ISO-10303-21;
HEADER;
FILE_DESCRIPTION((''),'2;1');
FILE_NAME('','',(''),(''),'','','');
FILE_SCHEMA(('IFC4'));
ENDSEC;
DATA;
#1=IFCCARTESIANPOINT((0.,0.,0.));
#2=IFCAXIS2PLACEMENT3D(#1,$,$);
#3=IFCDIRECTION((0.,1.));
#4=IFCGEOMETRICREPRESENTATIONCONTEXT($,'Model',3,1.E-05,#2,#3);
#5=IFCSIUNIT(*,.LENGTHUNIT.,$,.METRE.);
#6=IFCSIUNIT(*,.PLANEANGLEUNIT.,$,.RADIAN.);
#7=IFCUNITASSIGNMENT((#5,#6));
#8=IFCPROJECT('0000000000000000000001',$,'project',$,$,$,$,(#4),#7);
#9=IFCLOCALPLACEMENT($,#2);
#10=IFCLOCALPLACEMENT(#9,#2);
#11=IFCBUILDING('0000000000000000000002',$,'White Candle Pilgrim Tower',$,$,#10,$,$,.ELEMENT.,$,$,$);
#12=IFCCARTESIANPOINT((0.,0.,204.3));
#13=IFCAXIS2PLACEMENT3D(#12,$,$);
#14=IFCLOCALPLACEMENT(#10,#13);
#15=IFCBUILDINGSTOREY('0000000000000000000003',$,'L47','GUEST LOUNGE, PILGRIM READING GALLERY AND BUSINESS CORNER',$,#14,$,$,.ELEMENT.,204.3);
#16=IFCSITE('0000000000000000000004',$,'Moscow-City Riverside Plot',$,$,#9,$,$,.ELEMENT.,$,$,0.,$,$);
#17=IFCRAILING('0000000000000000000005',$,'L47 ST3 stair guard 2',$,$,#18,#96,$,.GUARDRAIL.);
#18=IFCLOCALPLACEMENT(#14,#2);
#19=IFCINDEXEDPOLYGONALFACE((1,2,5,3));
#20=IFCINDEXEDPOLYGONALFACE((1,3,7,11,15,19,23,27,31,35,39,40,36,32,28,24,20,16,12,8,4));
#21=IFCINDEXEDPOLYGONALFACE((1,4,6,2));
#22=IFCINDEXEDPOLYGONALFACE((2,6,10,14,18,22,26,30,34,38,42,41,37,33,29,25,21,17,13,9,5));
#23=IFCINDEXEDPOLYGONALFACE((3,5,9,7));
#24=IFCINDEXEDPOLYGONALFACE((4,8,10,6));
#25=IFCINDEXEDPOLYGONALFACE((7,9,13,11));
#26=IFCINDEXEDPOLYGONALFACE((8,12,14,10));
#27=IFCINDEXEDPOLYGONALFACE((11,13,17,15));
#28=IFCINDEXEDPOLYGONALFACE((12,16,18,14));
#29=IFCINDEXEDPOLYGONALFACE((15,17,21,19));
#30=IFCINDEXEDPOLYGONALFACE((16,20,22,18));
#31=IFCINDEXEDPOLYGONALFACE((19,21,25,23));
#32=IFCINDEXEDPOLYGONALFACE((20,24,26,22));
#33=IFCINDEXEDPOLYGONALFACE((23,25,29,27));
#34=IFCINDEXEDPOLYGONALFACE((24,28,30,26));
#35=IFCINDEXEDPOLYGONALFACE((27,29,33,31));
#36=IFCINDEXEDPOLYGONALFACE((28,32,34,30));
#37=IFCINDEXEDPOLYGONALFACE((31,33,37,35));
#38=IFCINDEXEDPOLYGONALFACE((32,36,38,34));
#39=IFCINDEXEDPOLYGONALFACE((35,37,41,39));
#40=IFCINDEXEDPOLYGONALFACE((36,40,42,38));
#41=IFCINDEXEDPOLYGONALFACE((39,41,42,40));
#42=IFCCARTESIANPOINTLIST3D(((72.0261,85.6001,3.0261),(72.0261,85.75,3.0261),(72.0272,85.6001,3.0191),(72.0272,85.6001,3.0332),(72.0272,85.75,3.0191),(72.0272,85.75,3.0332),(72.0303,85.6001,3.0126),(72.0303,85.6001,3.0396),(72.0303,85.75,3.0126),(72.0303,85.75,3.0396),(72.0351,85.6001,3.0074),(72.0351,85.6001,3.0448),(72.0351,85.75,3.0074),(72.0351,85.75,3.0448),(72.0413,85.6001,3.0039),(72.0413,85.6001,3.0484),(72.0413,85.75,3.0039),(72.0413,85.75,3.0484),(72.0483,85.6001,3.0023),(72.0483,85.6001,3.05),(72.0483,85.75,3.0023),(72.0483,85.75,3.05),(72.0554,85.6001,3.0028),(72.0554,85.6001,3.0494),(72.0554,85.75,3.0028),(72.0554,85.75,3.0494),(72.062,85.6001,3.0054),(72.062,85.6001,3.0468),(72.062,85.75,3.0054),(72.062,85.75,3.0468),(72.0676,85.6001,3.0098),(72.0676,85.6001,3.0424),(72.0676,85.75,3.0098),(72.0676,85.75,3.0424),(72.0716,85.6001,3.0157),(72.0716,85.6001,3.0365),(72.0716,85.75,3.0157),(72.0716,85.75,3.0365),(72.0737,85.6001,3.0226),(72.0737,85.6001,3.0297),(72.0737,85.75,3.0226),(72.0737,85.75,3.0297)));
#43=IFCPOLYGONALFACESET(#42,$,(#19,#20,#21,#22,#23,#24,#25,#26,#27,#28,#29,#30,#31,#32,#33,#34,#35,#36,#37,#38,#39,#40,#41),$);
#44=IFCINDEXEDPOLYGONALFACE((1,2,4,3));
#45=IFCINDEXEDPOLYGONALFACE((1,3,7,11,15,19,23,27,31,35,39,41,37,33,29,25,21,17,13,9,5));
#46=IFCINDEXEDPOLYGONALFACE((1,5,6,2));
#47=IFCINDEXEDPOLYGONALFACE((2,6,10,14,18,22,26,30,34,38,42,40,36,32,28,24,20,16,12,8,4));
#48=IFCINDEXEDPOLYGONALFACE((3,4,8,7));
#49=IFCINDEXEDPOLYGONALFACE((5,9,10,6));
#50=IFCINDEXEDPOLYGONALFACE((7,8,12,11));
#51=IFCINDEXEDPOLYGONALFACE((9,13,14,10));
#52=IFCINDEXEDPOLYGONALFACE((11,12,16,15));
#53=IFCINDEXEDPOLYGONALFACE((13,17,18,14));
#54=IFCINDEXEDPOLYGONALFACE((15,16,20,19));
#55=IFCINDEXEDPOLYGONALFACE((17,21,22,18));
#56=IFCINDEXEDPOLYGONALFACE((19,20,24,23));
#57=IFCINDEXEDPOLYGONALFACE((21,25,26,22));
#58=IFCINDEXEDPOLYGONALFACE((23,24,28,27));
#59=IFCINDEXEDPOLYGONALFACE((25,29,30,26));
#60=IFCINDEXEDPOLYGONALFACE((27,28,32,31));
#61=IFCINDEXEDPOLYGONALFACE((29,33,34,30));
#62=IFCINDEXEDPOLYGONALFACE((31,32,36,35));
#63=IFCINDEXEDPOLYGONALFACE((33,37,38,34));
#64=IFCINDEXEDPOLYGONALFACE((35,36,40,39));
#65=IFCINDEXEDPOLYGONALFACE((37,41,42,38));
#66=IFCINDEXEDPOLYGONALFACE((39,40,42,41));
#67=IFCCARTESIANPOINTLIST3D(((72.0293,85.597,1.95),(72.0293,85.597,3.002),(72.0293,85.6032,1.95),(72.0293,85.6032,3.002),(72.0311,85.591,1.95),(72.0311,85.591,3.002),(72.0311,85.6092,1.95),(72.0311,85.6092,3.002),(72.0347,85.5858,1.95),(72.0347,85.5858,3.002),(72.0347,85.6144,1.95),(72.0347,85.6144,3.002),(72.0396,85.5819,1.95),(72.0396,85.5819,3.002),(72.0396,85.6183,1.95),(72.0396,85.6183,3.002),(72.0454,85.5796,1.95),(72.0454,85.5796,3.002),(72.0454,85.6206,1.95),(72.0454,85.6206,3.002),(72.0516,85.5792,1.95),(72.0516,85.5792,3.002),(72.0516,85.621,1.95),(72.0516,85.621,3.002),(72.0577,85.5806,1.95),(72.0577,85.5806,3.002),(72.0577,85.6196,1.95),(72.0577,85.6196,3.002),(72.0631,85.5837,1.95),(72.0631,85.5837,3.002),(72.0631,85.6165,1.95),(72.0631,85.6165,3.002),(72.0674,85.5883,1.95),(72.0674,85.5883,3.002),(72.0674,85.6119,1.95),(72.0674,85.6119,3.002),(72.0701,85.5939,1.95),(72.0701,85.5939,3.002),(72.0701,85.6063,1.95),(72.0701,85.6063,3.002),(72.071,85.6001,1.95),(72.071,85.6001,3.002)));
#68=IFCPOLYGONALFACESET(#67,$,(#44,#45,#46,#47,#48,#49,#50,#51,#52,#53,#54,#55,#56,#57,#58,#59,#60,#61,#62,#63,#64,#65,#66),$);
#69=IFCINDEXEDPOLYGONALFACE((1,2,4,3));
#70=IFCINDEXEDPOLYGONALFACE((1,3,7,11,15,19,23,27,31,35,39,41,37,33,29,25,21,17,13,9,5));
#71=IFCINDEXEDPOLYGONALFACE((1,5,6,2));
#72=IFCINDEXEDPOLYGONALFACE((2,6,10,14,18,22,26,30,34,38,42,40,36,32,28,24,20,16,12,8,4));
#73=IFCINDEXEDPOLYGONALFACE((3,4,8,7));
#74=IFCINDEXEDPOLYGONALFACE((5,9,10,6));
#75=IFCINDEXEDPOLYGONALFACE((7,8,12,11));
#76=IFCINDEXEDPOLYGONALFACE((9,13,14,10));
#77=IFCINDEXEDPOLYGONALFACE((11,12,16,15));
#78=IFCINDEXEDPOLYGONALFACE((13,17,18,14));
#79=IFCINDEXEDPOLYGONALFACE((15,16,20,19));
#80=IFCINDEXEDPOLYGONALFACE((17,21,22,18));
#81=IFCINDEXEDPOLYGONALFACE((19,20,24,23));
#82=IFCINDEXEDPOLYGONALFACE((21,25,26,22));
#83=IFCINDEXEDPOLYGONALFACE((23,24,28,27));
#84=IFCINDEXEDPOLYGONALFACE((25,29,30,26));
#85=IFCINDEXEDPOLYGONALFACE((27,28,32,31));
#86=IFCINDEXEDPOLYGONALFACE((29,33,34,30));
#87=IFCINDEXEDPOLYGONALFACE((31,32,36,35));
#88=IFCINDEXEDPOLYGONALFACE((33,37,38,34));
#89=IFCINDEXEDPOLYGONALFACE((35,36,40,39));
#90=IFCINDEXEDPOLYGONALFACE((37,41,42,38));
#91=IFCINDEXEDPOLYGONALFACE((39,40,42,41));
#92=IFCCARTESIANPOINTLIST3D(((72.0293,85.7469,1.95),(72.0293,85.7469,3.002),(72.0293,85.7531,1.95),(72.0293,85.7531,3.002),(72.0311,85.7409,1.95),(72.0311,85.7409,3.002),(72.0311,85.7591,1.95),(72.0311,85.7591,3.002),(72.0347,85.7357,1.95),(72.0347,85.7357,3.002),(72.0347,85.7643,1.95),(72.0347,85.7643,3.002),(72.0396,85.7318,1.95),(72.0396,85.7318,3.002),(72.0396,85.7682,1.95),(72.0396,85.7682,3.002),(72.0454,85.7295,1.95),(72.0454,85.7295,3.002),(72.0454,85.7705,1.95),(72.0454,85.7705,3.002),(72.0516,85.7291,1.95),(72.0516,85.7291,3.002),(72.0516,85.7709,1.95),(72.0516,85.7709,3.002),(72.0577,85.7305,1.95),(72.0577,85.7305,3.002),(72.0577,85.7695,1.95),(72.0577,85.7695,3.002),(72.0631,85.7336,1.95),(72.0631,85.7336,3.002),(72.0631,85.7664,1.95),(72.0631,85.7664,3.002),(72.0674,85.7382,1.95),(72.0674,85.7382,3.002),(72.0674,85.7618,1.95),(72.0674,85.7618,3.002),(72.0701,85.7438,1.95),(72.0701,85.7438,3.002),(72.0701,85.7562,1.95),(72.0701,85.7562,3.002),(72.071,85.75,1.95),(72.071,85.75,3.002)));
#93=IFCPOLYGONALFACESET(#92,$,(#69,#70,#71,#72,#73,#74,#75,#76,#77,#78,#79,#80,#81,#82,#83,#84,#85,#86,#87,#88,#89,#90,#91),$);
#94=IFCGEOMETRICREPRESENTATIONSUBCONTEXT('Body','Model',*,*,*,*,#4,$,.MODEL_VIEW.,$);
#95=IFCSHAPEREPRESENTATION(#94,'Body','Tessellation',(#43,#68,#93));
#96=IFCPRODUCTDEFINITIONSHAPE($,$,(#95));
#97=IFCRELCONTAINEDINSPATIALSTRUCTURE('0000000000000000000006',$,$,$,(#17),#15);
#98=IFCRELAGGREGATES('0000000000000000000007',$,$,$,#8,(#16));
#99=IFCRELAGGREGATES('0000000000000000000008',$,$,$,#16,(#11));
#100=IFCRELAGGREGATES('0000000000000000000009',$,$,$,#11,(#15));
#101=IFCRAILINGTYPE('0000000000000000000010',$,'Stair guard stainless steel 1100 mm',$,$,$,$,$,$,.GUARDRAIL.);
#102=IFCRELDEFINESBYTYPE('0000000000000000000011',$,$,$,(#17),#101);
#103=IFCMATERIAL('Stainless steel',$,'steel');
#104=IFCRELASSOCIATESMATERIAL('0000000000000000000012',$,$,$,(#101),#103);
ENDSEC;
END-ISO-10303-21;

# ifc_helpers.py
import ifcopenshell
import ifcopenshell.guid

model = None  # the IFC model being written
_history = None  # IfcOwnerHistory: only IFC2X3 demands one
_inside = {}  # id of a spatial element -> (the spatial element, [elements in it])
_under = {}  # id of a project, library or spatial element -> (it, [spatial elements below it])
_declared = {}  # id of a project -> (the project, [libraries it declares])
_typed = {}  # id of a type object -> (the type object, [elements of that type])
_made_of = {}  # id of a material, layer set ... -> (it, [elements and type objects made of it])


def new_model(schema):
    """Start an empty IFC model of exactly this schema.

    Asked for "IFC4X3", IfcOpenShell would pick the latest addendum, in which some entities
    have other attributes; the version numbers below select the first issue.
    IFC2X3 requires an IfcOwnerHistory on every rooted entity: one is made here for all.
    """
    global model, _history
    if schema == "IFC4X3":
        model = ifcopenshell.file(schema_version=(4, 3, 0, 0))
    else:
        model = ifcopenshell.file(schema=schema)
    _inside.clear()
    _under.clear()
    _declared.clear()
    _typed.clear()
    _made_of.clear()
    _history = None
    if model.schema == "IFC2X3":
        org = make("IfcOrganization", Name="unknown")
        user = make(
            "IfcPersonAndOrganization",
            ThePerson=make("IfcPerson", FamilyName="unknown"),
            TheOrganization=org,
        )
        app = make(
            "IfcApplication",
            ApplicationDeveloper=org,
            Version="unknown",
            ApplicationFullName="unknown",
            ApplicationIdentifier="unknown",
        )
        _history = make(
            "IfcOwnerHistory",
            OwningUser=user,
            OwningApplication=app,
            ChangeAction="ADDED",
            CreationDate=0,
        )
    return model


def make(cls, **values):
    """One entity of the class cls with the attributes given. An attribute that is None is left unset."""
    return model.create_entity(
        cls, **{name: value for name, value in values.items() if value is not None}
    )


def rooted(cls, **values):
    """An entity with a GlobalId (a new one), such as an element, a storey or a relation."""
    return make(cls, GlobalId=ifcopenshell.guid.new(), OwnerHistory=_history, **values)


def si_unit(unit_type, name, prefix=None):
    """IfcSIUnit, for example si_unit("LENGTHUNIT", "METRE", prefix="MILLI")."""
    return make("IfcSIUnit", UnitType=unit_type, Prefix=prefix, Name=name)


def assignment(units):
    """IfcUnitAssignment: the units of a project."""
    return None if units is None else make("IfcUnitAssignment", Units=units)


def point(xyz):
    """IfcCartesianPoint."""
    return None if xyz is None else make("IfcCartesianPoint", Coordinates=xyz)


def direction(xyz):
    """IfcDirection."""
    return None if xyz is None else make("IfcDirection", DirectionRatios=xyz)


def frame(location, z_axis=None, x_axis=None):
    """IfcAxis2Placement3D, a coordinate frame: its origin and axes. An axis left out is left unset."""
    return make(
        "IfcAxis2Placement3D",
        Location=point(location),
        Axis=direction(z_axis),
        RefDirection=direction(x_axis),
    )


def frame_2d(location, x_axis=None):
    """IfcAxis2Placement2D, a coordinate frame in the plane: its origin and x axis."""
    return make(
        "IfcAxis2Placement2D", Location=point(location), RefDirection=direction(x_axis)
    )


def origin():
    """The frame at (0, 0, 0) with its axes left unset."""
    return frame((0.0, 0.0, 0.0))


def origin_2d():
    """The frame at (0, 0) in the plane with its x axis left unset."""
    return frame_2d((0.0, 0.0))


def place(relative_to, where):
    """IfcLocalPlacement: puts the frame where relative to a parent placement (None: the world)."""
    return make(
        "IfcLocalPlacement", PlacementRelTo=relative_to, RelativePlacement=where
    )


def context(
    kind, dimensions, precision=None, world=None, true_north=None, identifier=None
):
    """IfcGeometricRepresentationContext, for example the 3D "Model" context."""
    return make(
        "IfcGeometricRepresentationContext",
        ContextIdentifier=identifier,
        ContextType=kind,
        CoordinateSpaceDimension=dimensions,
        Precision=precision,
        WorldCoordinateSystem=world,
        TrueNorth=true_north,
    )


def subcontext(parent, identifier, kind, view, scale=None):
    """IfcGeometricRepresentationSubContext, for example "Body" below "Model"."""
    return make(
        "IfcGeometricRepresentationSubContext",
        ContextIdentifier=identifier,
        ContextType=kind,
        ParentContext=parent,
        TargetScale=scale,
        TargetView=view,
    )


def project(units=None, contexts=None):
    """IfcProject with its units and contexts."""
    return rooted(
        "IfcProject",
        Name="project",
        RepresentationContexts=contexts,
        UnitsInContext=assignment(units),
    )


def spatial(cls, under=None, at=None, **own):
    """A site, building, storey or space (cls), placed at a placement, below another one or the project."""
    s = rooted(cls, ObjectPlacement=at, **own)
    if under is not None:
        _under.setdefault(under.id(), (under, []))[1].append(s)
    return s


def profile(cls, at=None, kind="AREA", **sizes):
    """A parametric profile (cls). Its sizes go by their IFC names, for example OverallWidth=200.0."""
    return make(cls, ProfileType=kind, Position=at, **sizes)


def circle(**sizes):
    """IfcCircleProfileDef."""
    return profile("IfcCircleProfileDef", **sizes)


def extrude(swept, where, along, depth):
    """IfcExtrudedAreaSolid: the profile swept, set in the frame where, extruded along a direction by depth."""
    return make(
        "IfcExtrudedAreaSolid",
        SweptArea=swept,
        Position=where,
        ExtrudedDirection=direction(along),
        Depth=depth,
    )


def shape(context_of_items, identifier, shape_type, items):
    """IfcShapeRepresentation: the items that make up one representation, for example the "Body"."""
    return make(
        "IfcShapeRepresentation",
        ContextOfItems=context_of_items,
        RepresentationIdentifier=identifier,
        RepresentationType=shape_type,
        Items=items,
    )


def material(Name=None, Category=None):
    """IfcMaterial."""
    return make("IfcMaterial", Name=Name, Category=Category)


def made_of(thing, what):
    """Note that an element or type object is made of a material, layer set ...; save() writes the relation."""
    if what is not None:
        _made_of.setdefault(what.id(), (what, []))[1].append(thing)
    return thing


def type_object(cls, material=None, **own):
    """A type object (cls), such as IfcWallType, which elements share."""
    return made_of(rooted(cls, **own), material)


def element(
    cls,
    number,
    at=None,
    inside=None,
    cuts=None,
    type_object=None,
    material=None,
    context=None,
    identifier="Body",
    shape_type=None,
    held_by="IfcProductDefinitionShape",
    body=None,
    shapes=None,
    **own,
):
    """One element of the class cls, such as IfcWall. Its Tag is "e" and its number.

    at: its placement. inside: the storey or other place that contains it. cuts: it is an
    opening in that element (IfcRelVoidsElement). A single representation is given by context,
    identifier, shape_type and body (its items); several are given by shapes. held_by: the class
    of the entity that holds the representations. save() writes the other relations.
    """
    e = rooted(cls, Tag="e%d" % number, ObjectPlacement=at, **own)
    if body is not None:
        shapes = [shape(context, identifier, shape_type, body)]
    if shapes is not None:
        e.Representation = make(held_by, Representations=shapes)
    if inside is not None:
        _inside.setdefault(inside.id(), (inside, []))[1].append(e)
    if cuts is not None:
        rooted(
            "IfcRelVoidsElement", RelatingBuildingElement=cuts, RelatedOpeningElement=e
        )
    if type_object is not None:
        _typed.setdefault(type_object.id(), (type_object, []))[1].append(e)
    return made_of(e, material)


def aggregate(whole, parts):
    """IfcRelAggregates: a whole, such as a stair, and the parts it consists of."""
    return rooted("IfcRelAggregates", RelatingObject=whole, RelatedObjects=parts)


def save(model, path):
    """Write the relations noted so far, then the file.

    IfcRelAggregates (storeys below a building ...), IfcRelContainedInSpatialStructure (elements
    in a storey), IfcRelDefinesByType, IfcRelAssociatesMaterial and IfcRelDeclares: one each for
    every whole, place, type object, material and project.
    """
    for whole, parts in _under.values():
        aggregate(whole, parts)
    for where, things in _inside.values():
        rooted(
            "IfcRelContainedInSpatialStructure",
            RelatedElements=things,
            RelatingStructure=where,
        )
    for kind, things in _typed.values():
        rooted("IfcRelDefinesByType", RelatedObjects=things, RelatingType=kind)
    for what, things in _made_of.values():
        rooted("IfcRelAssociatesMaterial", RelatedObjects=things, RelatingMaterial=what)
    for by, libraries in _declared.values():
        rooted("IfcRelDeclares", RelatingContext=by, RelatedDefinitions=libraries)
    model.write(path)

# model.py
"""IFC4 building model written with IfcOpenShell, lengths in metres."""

from ifc_helpers import new_model, si_unit, direction, frame, origin, origin_2d, place, context, subcontext, project, spatial, circle, extrude, material, type_object, element, save


model = new_model("IFC4")

# Units and contexts
model_context = context("Model", 3, precision=1e-05, world=origin(), true_north=direction((0.0, 1.0)))
body_context = subcontext(model_context, "Body", "Model", "MODEL_VIEW")
ifc_project = project(units=[si_unit("LENGTHUNIT", "METRE"), si_unit("PLANEANGLEUNIT", "RADIAN")], contexts=[model_context])

# Site, building, storey
site_placement = place(None, origin())
site = spatial("IfcSite", under=ifc_project, at=site_placement, Name="Moscow-City Riverside Plot", CompositionType="ELEMENT", RefElevation=0.0)
building_placement = place(site_placement, origin())
building = spatial("IfcBuilding", under=site, at=building_placement, Name="White Candle Pilgrim Tower", CompositionType="ELEMENT")
storey_placement = place(building_placement, frame((0.0, 0.0, 204.3)))
storey = spatial("IfcBuildingStorey", under=building, at=storey_placement, Name="L47", Description="GUEST LOUNGE, PILGRIM READING GALLERY AND BUSINESS CORNER", CompositionType="ELEMENT", Elevation=204.3)

# Shared definitions
ifc_material_1 = material(Name="Stainless steel", Category="steel")

# Railing
railing_type_1 = type_object("IfcRailingType", Name="Stair guard stainless steel 1100 mm", PredefinedType="GUARDRAIL", material=ifc_material_1)
railing_1_placement = place(storey_placement, frame((72.05, 85.6001, 1.95)))
element("IfcRailing", 1, at=railing_1_placement, inside=storey, type_object=railing_type_1, Name="L47 ST3 stair guard 2", PredefinedType="GUARDRAIL", context=body_context, shape_type="SweptSolid", body=[
    extrude(circle(Radius=0.0239, at=origin_2d()), frame((0.0, 0.0, 1.0762), z_axis=(0.0, 1.0, 0.0), x_axis=(-1.0, 0.0, 0.0)), (0.0, 0.0, 1.0), 0.1499),
    extrude(circle(Radius=0.021, at=origin_2d()), origin(), (0.0, 0.0, 1.0), 1.052),
    extrude(circle(Radius=0.021, at=origin_2d()), frame((0.0, 0.1499, 0.0)), (0.0, 0.0, 1.0), 1.052),
])

save(model, "model.ifc")
